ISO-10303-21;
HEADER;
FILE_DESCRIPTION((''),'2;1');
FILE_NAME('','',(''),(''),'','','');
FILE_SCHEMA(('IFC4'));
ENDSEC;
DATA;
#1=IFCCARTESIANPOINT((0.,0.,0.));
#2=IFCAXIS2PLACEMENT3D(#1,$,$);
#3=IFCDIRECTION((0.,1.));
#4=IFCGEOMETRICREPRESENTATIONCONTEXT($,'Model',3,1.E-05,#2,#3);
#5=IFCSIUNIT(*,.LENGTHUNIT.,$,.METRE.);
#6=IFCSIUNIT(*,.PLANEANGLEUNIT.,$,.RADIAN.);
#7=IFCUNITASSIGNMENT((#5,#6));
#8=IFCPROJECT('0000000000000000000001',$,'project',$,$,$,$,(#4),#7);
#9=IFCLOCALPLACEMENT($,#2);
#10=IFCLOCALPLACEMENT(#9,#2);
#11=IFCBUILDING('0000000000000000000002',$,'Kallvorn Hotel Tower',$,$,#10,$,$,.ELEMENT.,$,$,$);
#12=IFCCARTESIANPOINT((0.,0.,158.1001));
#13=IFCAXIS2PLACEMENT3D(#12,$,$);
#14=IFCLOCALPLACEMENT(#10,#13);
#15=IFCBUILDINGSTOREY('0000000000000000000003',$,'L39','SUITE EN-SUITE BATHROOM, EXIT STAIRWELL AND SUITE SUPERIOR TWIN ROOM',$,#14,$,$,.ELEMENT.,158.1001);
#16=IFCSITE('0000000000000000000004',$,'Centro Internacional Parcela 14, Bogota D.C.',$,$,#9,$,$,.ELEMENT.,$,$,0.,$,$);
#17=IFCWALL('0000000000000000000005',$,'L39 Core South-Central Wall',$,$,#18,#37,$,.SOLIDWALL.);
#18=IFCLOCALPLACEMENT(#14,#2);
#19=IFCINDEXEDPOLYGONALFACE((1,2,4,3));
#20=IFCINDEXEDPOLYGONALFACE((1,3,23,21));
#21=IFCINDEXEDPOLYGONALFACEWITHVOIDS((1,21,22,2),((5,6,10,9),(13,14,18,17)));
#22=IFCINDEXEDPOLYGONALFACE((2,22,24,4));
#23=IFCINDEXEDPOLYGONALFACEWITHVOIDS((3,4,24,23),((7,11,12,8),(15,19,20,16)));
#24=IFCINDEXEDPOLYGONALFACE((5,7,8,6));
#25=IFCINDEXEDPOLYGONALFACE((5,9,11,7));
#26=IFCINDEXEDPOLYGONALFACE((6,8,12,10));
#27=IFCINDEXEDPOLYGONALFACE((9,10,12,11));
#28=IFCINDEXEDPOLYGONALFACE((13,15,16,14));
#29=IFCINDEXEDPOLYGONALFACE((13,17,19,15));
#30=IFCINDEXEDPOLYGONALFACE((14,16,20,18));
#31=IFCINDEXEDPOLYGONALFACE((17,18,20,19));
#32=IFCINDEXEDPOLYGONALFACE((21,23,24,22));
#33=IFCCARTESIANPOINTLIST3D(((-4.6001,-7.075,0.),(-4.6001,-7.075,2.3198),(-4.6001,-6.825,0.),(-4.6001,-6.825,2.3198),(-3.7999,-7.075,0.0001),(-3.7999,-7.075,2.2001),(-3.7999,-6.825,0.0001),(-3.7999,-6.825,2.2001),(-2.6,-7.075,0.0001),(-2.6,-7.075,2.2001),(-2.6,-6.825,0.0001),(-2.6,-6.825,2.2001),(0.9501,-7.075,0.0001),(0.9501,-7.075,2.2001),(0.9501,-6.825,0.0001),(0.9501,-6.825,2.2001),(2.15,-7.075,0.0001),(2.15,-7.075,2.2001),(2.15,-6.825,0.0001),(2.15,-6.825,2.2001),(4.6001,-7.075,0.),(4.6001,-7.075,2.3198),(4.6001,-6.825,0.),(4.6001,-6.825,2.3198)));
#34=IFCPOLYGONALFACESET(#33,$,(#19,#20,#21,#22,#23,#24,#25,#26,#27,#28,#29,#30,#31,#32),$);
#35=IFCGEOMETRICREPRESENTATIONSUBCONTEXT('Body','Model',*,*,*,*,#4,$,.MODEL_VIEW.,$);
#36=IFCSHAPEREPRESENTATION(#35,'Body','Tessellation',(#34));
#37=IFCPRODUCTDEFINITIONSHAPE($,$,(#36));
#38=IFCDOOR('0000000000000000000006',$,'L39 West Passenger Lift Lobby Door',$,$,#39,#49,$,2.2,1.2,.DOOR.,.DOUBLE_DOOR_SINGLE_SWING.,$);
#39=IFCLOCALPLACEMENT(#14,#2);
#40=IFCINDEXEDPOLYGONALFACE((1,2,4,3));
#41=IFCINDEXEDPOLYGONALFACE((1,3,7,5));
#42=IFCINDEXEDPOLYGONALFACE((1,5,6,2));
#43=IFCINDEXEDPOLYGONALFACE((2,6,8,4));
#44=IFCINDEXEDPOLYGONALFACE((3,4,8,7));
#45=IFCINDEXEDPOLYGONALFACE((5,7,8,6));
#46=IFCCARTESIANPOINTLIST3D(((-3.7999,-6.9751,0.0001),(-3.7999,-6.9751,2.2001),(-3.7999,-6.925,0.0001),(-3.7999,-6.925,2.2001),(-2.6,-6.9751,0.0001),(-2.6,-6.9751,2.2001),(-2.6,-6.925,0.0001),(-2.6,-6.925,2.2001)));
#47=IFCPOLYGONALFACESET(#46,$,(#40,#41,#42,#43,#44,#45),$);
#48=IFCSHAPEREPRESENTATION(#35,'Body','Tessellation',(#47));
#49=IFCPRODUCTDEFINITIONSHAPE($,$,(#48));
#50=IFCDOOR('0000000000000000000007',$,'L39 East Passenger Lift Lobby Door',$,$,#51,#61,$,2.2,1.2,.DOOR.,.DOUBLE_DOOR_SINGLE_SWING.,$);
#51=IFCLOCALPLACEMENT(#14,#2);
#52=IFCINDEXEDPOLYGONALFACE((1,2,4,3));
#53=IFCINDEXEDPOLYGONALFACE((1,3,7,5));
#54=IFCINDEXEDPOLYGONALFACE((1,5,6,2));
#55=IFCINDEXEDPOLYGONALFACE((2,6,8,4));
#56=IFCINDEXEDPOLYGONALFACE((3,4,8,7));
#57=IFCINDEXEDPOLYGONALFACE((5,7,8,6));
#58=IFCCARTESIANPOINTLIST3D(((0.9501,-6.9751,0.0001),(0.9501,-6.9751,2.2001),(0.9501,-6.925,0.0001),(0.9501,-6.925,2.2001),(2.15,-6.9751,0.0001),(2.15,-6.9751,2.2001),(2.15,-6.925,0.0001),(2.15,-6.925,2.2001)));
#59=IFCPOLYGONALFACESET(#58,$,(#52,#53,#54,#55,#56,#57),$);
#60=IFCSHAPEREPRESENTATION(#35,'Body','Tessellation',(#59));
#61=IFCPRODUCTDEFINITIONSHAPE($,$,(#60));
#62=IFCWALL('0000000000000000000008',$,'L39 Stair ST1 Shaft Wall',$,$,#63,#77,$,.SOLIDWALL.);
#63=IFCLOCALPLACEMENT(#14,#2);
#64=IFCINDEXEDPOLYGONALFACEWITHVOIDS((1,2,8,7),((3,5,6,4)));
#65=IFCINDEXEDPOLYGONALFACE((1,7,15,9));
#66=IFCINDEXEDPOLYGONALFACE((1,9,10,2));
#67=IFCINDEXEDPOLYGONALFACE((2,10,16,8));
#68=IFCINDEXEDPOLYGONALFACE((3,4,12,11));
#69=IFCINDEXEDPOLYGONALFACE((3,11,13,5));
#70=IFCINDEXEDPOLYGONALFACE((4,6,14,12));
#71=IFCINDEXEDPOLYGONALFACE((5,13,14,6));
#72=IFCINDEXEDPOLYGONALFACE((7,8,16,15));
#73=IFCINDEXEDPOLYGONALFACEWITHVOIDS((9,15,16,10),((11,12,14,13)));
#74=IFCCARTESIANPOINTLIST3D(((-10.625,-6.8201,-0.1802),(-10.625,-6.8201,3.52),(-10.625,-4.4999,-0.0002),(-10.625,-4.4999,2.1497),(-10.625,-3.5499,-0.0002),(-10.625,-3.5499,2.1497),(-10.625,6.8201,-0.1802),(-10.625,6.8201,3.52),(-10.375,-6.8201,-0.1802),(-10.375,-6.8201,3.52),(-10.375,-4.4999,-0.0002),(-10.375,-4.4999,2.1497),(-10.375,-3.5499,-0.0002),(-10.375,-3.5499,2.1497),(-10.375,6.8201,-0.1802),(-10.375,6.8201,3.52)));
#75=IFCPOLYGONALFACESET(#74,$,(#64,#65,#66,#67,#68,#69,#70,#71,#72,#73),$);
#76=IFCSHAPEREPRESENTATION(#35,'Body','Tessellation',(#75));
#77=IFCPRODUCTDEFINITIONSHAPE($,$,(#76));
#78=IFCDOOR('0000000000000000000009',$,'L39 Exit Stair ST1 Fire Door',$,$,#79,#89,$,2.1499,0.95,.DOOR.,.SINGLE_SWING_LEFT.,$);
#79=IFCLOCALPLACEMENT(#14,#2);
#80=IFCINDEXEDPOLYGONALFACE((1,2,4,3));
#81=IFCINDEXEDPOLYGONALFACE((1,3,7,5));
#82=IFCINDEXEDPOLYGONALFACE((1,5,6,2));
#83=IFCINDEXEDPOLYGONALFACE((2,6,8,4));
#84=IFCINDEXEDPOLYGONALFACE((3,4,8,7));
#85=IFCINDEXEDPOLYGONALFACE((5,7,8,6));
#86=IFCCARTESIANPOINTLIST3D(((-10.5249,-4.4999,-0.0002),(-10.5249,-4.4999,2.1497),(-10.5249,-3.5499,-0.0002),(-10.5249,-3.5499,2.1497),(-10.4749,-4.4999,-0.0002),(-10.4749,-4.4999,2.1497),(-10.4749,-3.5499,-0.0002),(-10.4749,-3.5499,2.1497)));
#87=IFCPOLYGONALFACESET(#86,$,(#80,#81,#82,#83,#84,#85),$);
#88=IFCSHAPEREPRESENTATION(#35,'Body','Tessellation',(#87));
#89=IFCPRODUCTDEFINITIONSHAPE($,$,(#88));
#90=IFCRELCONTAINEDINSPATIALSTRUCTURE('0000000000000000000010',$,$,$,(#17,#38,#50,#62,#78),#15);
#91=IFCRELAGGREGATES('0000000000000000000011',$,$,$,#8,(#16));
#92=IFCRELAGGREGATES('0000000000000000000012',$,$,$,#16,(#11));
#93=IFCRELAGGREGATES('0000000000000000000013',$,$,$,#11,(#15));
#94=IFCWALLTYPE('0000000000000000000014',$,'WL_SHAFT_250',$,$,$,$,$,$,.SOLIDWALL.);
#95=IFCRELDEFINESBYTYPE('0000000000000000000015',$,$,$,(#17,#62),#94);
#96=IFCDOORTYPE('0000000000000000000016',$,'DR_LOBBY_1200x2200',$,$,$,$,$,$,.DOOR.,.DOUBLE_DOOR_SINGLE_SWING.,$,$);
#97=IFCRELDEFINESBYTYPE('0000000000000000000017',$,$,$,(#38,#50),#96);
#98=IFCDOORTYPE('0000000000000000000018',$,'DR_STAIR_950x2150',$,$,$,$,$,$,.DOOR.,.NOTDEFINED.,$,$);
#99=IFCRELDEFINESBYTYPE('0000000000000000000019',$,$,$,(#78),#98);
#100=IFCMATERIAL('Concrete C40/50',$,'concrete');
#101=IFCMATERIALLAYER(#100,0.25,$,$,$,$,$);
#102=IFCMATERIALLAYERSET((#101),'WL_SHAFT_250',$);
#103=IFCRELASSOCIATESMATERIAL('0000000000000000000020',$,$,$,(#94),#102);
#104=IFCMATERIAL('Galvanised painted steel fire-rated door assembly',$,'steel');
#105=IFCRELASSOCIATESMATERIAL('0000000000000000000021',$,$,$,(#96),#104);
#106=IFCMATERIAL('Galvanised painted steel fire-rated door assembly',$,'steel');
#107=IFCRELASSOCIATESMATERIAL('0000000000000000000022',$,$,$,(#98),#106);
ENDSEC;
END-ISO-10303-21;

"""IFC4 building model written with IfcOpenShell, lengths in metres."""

from ifc_helpers import new_model, si_unit, direction, frame, frame_2d, origin, place, context, subcontext, project, spatial, rectangle, extrude, material, layer, layer_set, type_object, element, fill, save


model = new_model("IFC4")

# Units and contexts
model_context = context("Model", 3, precision=1e-05, world=origin(), true_north=direction((0.0, 1.0)))
body_context = subcontext(model_context, "Body", "Model", "MODEL_VIEW")
ifc_project = project(units=[si_unit("LENGTHUNIT", "METRE"), si_unit("PLANEANGLEUNIT", "RADIAN")], contexts=[model_context])

# Site, building, storey
site_placement = place(None, origin())
site = spatial("IfcSite", under=ifc_project, at=site_placement, Name="Centro Internacional Parcela 14, Bogota D.C.", CompositionType="ELEMENT", RefElevation=0.0)
building_placement = place(site_placement, origin())
building = spatial("IfcBuilding", under=site, at=building_placement, Name="Kallvorn Hotel Tower", CompositionType="ELEMENT")
storey_placement = place(building_placement, frame((0.0, 0.0, 158.1001)))
storey = spatial("IfcBuildingStorey", under=building, at=storey_placement, Name="L39", Description="SUITE EN-SUITE BATHROOM, EXIT STAIRWELL AND SUITE SUPERIOR TWIN ROOM", CompositionType="ELEMENT", Elevation=158.1001)

# Wall, openings, doors
ifc_material_1 = material(Name="Concrete C40/50", Category="concrete")
ifc_layer_1 = layer(ifc_material_1, 0.25)
ifc_layer_set_1 = layer_set([ifc_layer_1], Name="WL_SHAFT_250")
wall_type_1 = type_object("IfcWallType", Name="WL_SHAFT_250", PredefinedType="SOLIDWALL", material=ifc_layer_set_1)
wall_1_placement = place(storey_placement, frame((-4.6001, -6.95, 0.0), z_axis=(0.0, 0.0, 1.0), x_axis=(1.0, 0.0, 0.0)))
wall_1 = element("IfcWall", 1, at=wall_1_placement, inside=storey, type_object=wall_type_1, Name="L39 Core South-Central Wall", PredefinedType="SOLIDWALL", context=body_context, shape_type="SweptSolid", body=[
    extrude(rectangle(XDim=9.2002, YDim=0.25, at=frame_2d((4.6001, 0.0))), origin(), (0.0, 0.0, 1.0), 2.3198),
])
opening_1_placement = place(wall_1_placement, frame((0.8, 0.0, 0.0)))
opening_1 = element("IfcOpeningElement", 2, at=opening_1_placement, cuts=wall_1, PredefinedType="OPENING", context=body_context, shape_type="SweptSolid", body=[
    extrude(rectangle(XDim=1.2, YDim=2.2, at=frame_2d((0.6001, 1.1001))), frame((0.0, 0.1399, 0.0), z_axis=(0.0, -1.0, 0.0), x_axis=(1.0, 0.0, 0.0)), (0.0, 0.0, 1.0), 0.28),
])
opening_2_placement = place(wall_1_placement, frame((5.55, 0.0, 0.0)))
opening_2 = element("IfcOpeningElement", 3, at=opening_2_placement, cuts=wall_1, PredefinedType="OPENING", context=body_context, shape_type="SweptSolid", body=[
    extrude(rectangle(XDim=1.2, YDim=2.2, at=frame_2d((0.6001, 1.1001))), frame((0.0, 0.1399, 0.0), z_axis=(0.0, -1.0, 0.0), x_axis=(1.0, 0.0, 0.0)), (0.0, 0.0, 1.0), 0.28),
])
ifc_material_2 = material(Name="Galvanised painted steel fire-rated door assembly", Category="steel")
door_type_1 = type_object("IfcDoorType", Name="DR_LOBBY_1200x2200", OperationType="DOUBLE_DOOR_SINGLE_SWING", PredefinedType="DOOR", material=ifc_material_2)
door_1_placement = place(opening_1_placement, origin())
door_1 = element("IfcDoor", 4, at=door_1_placement, inside=storey, type_object=door_type_1, Name="L39 West Passenger Lift Lobby Door", OperationType="DOUBLE_DOOR_SINGLE_SWING", OverallHeight=2.2, OverallWidth=1.2, PredefinedType="DOOR", context=body_context, shape_type="SweptSolid", body=[
    extrude(rectangle(XDim=1.2, YDim=2.2, at=frame_2d((0.6001, 1.1001))), frame((0.0, 0.0249, 0.0), z_axis=(0.0, -1.0, 0.0), x_axis=(1.0, 0.0, 0.0)), (0.0, 0.0, 1.0), 0.05),
])
fill(opening_1, door_1)
door_2_placement = place(opening_2_placement, origin())
door_2 = element("IfcDoor", 5, at=door_2_placement, inside=storey, type_object=door_type_1, Name="L39 East Passenger Lift Lobby Door", OperationType="DOUBLE_DOOR_SINGLE_SWING", OverallHeight=2.2, OverallWidth=1.2, PredefinedType="DOOR", context=body_context, shape_type="SweptSolid", body=[
    extrude(rectangle(XDim=1.2, YDim=2.2, at=frame_2d((0.6001, 1.1001))), frame((0.0, 0.0249, 0.0), z_axis=(0.0, -1.0, 0.0), x_axis=(1.0, 0.0, 0.0)), (0.0, 0.0, 1.0), 0.05),
])
fill(opening_2, door_2)

# Wall, opening, door
wall_2_placement = place(storey_placement, frame((-10.5, -6.8201, -0.1802), z_axis=(0.0, 0.0, 1.0), x_axis=(0.0, 1.0, 0.0)))
wall_2 = element("IfcWall", 6, at=wall_2_placement, inside=storey, type_object=wall_type_1, Name="L39 Stair ST1 Shaft Wall", PredefinedType="SOLIDWALL", context=body_context, shape_type="SweptSolid", body=[
    extrude(rectangle(XDim=13.6401, YDim=0.25, at=frame_2d((6.8201, 0.0))), origin(), (0.0, 0.0, 1.0), 3.7002),
])
opening_3_placement = place(wall_2_placement, frame((2.3201, 0.0, 0.1799)))
opening_3 = element("IfcOpeningElement", 7, at=opening_3_placement, cuts=wall_2, PredefinedType="OPENING", context=body_context, shape_type="SweptSolid", body=[
    extrude(rectangle(XDim=0.95, YDim=2.1499, at=frame_2d((0.4751, 1.075))), frame((0.0, 0.1399, 0.0), z_axis=(0.0, -1.0, 0.0), x_axis=(1.0, 0.0, 0.0)), (0.0, 0.0, 1.0), 0.28),
])
ifc_material_3 = material(Name="Galvanised painted steel fire-rated door assembly", Category="steel")
door_type_2 = type_object("IfcDoorType", Name="DR_STAIR_950x2150", OperationType="NOTDEFINED", PredefinedType="DOOR", material=ifc_material_3)
door_3_placement = place(opening_3_placement, origin())
door_3 = element("IfcDoor", 8, at=door_3_placement, inside=storey, type_object=door_type_2, Name="L39 Exit Stair ST1 Fire Door", OperationType="SINGLE_SWING_LEFT", OverallHeight=2.1499, OverallWidth=0.95, PredefinedType="DOOR", context=body_context, shape_type="SweptSolid", body=[
    extrude(rectangle(XDim=0.95, YDim=2.1499, at=frame_2d((0.4751, 1.075))), frame((0.0, 0.0249, 0.0), z_axis=(0.0, -1.0, 0.0), x_axis=(1.0, 0.0, 0.0)), (0.0, 0.0, 1.0), 0.05),
])
fill(opening_3, door_3)

save(model, "model.ifc")
